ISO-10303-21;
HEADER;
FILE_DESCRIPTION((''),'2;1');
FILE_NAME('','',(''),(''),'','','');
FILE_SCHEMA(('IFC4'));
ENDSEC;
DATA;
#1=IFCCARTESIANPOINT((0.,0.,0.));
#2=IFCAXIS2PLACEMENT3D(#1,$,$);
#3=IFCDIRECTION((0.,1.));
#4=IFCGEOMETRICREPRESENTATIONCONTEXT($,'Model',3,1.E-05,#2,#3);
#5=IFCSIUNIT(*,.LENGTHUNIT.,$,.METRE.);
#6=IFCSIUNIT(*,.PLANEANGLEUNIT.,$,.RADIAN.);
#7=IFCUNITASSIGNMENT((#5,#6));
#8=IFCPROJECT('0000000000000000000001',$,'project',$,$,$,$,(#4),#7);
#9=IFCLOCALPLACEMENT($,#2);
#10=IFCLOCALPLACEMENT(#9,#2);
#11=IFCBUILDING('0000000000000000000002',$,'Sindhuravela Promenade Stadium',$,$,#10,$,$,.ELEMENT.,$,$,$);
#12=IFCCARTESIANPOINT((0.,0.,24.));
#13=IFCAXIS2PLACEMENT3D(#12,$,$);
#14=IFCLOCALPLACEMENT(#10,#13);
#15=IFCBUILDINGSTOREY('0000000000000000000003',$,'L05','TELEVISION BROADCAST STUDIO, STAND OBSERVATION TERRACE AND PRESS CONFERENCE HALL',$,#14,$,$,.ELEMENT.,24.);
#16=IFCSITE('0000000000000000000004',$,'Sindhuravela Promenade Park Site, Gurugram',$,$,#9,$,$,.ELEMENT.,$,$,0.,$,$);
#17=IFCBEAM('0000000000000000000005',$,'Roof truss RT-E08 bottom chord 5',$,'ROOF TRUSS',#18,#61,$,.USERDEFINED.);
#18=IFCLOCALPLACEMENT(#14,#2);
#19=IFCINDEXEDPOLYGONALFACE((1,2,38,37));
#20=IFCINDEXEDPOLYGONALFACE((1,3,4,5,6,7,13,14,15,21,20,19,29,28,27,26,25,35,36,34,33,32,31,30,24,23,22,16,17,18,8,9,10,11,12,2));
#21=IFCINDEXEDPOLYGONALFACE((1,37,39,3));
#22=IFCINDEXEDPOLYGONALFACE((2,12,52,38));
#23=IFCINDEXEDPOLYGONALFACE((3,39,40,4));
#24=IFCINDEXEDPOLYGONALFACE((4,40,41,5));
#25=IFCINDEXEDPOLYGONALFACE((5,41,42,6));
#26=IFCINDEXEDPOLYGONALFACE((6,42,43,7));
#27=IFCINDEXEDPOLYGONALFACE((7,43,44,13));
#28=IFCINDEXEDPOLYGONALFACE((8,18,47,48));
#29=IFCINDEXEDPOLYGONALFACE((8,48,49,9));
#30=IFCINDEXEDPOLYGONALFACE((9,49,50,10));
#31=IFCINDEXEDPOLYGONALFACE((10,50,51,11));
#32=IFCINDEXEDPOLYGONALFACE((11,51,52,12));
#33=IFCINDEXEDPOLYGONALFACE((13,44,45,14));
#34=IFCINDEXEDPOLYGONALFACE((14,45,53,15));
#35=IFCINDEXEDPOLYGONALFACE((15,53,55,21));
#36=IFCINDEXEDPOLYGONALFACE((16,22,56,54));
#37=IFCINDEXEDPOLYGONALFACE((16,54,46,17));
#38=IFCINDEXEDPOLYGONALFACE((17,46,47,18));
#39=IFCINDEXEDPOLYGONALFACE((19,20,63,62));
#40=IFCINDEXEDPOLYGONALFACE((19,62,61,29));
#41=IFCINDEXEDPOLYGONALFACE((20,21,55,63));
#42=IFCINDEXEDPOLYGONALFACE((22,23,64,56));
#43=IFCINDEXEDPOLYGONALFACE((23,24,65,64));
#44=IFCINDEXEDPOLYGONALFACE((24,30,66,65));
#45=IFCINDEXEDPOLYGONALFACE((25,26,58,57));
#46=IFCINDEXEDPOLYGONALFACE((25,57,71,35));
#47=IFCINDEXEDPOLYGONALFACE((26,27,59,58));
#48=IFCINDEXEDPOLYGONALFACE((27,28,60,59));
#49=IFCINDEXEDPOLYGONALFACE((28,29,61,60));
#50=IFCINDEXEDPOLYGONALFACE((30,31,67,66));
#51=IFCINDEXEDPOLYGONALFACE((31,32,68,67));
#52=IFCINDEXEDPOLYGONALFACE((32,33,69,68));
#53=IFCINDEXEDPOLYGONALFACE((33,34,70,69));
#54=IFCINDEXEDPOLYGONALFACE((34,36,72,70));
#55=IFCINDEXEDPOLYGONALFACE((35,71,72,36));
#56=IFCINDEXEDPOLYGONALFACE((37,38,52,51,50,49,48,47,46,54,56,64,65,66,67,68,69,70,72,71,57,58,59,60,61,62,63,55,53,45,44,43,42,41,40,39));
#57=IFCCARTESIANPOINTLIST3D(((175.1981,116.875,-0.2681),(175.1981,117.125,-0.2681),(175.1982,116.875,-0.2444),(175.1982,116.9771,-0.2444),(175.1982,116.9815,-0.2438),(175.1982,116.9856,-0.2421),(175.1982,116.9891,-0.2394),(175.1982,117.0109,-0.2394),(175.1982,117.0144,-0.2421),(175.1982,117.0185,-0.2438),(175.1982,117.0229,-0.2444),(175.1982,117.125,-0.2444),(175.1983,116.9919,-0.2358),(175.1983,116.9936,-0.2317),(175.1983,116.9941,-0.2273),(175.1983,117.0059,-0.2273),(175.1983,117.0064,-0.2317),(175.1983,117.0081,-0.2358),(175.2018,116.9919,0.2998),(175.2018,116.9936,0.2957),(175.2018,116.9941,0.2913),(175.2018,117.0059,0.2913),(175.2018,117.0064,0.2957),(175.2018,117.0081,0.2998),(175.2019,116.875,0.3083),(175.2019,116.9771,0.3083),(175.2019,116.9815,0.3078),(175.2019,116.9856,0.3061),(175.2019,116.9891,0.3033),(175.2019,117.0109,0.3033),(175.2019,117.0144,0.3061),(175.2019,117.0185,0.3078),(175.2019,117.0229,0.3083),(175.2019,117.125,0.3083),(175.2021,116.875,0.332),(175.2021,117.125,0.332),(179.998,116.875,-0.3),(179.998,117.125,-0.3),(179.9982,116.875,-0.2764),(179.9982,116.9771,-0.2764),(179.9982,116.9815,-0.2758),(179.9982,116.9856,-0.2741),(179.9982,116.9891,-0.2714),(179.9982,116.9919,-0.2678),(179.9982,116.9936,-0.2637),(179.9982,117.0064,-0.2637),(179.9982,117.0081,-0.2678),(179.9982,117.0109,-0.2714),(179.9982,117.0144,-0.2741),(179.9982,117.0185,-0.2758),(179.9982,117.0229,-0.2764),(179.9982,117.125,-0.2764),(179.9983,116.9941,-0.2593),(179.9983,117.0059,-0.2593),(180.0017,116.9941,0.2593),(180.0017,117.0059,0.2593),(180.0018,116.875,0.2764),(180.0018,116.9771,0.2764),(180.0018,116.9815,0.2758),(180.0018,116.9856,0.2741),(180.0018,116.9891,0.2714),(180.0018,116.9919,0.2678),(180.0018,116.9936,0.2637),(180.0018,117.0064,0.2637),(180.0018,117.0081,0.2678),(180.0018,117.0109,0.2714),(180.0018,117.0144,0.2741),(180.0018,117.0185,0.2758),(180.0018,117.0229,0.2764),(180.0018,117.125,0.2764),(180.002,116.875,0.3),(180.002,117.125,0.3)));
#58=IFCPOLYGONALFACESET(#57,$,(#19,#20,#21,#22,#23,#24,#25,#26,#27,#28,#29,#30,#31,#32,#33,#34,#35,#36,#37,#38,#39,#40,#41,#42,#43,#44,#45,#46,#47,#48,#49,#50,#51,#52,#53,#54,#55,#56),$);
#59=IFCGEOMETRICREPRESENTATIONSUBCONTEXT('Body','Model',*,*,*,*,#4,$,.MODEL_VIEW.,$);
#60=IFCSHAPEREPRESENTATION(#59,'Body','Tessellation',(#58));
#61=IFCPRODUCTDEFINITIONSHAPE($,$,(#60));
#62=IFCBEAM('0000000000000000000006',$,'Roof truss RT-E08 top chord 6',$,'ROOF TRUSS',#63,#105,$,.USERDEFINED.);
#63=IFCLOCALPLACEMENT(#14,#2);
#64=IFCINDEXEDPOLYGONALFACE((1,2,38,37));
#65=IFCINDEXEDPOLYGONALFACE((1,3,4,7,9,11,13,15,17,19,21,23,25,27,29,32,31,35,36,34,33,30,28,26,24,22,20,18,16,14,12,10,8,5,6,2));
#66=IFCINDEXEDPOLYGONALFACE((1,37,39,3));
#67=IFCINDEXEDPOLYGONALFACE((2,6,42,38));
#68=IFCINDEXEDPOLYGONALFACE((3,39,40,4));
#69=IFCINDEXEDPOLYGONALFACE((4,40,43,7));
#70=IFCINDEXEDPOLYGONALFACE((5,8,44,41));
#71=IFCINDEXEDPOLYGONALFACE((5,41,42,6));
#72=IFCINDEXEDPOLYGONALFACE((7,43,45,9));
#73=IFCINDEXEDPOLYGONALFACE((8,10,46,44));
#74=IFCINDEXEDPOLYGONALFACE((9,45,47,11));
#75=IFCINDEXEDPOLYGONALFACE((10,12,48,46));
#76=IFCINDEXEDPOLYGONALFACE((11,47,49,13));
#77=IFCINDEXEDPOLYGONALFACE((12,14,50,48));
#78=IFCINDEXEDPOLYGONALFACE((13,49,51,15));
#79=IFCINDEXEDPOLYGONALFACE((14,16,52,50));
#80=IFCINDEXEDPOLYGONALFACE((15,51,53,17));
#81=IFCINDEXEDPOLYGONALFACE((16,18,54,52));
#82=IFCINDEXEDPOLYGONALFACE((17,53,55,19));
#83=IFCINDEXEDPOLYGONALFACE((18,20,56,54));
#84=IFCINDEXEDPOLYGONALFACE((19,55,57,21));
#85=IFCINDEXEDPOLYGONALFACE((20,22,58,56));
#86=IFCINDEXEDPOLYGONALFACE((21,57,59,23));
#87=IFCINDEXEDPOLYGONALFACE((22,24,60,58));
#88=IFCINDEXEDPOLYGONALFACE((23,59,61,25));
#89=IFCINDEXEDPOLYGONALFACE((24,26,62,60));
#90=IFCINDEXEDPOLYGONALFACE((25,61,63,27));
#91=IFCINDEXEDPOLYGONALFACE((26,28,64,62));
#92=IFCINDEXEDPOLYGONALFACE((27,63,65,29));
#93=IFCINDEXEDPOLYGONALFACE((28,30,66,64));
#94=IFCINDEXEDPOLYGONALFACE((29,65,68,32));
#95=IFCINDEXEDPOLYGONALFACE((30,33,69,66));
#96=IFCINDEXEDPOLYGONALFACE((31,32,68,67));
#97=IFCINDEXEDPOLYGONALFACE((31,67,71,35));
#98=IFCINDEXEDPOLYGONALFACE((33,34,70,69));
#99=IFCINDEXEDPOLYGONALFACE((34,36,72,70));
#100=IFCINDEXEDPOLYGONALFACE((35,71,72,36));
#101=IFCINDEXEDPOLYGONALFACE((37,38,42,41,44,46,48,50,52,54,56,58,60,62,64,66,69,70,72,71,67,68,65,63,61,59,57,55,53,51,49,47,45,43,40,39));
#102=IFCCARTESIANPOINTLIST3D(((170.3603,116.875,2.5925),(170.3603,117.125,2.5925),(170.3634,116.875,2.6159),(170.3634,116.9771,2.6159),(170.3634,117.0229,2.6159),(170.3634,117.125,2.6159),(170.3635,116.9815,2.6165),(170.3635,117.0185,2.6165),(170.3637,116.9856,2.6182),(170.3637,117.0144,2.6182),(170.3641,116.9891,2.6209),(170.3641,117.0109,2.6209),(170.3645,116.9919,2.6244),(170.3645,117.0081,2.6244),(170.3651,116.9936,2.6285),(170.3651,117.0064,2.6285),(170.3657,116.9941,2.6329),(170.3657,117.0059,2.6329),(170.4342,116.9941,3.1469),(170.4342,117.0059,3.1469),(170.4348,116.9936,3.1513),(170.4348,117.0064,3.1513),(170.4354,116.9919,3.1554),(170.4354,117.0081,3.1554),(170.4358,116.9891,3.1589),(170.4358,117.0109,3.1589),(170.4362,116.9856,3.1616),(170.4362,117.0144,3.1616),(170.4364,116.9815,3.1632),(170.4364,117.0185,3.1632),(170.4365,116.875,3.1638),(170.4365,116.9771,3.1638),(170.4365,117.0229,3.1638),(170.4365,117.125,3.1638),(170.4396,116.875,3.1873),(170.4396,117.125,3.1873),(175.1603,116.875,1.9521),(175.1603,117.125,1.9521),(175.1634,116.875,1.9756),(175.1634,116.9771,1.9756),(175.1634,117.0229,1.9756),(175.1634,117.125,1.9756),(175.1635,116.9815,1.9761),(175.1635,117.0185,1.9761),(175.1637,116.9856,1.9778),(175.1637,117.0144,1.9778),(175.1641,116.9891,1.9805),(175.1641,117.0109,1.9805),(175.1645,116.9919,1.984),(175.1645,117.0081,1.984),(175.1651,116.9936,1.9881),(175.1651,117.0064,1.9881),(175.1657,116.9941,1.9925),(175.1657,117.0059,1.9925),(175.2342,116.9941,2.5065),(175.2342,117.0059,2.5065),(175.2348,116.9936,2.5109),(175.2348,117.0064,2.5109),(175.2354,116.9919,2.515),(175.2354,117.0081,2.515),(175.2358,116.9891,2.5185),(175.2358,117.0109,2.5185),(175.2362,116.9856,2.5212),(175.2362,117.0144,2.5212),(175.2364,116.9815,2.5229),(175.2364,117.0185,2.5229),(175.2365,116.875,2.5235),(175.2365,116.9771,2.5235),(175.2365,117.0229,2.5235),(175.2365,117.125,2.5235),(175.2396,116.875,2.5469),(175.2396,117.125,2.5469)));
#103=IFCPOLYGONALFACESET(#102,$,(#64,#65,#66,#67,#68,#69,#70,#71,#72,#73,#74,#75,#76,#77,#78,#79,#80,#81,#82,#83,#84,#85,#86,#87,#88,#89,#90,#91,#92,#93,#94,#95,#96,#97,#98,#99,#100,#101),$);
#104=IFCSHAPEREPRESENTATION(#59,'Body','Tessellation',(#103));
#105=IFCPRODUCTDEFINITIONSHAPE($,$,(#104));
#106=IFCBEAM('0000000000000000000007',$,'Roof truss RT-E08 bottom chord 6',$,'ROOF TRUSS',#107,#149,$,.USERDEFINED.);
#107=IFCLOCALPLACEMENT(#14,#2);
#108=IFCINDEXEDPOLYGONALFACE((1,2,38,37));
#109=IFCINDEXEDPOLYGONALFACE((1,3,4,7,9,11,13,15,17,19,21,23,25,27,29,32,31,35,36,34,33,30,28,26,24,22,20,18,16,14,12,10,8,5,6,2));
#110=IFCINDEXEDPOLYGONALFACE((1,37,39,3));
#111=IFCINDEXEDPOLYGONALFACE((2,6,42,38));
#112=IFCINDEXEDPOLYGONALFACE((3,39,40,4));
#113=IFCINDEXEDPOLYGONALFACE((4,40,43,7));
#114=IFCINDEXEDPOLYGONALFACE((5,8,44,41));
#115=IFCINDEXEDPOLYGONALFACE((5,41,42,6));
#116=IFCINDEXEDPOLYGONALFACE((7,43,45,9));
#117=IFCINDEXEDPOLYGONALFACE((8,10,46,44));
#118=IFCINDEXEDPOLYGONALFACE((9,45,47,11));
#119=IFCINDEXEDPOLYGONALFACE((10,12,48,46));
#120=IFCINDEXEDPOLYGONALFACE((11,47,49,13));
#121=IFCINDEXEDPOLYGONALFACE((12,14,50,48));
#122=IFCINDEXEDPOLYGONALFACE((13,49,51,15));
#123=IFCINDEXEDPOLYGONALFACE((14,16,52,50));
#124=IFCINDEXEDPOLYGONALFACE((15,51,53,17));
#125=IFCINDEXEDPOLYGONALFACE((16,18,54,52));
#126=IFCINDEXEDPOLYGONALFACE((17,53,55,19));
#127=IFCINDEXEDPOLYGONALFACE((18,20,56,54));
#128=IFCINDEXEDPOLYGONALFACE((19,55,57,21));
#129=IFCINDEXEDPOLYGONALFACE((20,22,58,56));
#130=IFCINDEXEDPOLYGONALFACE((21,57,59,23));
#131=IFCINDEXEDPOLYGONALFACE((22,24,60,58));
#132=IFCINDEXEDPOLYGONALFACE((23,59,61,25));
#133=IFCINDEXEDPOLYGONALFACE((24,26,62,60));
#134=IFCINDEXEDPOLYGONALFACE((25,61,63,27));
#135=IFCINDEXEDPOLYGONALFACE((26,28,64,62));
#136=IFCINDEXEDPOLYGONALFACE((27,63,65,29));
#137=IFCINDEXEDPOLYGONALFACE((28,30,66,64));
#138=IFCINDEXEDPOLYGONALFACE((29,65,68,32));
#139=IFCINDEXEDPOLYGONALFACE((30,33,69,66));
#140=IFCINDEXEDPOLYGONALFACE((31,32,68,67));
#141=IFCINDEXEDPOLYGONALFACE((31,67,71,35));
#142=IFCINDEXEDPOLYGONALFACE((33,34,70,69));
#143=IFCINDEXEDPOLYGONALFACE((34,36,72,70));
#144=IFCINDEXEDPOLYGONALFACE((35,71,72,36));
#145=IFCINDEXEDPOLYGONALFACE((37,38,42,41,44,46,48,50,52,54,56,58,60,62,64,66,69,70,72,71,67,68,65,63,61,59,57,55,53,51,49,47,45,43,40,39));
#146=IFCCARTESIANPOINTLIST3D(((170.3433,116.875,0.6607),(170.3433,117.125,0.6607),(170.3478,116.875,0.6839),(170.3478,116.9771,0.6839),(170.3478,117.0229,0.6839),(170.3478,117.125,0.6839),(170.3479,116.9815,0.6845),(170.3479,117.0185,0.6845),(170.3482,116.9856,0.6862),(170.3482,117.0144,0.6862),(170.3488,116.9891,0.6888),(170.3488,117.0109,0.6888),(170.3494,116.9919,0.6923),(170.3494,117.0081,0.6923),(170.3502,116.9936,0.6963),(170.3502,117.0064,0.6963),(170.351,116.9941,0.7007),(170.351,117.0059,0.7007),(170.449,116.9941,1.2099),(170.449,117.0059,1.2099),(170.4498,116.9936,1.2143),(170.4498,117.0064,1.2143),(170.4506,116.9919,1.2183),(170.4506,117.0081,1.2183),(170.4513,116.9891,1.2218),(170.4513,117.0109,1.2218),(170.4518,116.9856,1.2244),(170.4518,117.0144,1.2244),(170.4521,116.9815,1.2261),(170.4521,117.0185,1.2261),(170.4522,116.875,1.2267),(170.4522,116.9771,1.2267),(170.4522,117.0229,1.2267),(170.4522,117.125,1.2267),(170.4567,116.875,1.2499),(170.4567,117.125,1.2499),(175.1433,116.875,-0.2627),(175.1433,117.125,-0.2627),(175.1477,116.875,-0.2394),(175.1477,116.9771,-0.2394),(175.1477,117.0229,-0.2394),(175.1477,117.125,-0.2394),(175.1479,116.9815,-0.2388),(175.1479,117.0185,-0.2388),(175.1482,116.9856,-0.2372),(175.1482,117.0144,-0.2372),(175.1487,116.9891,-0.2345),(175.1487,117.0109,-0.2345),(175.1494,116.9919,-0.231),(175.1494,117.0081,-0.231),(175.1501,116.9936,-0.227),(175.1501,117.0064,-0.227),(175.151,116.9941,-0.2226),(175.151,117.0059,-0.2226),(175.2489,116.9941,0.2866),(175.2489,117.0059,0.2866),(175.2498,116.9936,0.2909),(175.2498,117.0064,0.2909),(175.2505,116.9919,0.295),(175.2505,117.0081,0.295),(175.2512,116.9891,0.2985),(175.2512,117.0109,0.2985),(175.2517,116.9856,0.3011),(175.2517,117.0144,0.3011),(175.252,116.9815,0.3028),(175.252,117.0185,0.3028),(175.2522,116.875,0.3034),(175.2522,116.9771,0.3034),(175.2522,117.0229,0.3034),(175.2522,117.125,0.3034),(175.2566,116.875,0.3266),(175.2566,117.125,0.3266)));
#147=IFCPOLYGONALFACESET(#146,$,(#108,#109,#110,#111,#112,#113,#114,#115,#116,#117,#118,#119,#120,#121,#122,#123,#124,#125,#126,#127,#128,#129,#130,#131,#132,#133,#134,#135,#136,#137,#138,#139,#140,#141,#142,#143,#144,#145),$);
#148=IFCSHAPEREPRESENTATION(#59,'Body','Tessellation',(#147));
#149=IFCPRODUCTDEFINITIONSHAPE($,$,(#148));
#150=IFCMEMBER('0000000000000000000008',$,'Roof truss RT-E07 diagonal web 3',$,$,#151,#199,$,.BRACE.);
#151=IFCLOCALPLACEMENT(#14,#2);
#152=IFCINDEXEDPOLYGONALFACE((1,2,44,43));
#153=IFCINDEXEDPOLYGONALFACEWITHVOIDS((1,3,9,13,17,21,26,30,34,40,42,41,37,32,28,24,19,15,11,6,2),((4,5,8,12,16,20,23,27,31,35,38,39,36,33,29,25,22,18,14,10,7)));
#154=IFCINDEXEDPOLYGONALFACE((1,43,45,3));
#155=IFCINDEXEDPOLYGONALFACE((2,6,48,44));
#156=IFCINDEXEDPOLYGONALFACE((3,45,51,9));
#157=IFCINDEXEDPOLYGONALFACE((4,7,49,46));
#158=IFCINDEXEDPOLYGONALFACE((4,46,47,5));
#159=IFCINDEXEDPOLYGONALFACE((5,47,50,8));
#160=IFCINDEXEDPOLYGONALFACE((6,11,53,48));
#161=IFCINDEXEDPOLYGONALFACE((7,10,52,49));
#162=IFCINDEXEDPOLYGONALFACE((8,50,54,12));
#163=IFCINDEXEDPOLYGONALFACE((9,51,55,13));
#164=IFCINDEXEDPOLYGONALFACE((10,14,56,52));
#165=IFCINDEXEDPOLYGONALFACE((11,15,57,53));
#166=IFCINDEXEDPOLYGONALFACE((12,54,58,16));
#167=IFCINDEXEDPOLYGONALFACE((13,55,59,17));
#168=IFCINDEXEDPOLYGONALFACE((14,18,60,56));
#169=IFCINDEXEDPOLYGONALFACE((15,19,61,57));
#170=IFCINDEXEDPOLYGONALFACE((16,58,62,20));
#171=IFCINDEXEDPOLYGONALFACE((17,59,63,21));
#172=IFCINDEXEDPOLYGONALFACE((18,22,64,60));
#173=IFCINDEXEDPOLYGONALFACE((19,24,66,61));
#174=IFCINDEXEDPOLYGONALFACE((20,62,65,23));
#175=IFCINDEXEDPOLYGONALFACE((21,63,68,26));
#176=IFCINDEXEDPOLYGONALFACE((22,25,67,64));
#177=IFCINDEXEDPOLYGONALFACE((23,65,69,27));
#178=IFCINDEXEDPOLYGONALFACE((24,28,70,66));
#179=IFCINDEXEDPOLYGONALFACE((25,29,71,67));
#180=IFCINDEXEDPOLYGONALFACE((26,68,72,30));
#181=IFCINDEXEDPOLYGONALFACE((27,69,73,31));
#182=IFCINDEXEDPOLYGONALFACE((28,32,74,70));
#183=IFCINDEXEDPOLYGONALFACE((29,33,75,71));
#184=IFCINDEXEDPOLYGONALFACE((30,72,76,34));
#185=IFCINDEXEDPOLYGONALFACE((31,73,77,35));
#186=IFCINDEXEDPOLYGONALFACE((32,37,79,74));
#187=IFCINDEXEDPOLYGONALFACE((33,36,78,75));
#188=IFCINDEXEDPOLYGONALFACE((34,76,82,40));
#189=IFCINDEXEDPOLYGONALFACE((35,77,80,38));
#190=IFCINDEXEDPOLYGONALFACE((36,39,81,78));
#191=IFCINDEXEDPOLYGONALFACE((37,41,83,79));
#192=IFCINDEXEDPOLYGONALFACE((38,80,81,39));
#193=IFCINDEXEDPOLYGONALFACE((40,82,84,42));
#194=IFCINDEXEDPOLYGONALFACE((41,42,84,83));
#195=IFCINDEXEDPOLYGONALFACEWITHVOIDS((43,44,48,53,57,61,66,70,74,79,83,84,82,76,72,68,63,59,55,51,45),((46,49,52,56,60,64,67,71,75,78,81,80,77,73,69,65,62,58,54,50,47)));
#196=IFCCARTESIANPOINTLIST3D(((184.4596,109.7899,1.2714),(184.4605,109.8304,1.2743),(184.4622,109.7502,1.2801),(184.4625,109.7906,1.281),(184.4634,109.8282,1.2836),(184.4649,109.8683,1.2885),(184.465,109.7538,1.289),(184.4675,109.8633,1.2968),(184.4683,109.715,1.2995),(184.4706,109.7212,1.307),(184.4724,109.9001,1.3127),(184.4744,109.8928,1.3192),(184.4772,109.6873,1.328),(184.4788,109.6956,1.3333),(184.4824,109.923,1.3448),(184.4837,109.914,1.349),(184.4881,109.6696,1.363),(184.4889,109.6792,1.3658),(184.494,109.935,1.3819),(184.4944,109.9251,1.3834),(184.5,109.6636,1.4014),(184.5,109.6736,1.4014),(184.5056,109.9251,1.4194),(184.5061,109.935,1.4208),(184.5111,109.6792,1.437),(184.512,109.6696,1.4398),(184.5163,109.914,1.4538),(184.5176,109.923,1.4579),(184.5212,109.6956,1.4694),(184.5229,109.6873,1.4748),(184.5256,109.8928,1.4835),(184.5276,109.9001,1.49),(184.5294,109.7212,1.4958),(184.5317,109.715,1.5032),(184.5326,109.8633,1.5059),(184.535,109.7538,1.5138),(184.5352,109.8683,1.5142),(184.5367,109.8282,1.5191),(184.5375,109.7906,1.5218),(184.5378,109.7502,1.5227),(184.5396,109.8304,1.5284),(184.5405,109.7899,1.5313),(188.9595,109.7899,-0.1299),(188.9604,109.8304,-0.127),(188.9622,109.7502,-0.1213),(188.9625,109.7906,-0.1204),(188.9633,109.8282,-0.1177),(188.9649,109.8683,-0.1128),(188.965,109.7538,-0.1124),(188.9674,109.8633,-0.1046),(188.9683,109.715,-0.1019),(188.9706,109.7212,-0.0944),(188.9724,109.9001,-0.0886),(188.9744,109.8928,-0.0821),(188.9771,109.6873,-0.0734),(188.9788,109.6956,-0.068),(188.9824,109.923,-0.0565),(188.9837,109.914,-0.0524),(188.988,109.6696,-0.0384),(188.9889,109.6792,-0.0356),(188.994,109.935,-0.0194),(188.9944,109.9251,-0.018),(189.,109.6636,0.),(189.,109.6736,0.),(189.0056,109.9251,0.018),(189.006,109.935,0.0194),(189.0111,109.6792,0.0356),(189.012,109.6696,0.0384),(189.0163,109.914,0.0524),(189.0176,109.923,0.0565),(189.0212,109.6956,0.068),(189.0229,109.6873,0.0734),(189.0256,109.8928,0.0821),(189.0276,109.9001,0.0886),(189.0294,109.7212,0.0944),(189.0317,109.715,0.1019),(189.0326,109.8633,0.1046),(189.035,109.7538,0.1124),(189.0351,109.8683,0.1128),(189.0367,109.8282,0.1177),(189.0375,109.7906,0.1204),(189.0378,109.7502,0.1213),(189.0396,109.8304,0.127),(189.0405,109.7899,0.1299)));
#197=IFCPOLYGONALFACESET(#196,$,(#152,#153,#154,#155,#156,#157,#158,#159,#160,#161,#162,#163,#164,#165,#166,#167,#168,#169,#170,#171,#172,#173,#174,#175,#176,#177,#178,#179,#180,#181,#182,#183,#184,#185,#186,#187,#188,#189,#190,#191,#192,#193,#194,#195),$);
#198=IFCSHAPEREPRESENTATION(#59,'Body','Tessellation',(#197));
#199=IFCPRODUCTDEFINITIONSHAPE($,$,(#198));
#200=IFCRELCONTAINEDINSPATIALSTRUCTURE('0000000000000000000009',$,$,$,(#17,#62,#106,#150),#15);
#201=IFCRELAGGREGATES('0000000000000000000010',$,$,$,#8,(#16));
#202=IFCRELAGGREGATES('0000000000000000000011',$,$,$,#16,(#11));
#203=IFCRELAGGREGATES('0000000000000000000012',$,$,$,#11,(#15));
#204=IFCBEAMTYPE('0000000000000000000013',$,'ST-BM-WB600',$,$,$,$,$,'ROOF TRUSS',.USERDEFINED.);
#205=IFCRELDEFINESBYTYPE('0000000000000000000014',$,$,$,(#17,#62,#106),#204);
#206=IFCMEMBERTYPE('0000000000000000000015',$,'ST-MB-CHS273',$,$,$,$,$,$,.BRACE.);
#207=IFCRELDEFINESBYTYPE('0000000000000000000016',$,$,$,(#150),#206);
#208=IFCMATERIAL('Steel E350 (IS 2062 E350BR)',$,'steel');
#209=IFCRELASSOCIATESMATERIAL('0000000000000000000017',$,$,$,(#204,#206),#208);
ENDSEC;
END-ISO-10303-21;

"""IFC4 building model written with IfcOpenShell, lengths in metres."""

from ifc_helpers import new_model, si_unit, direction, frame, origin, origin_2d, place, context, subcontext, project, spatial, hollow_circle, i_section, extrude, material, material_profile, profile_set, type_object, element, save


model = new_model("IFC4")

# Units and contexts
model_context = context("Model", 3, precision=1e-05, world=origin(), true_north=direction((0.0, 1.0)))
body_context = subcontext(model_context, "Body", "Model", "MODEL_VIEW")
ifc_project = project(units=[si_unit("LENGTHUNIT", "METRE"), si_unit("PLANEANGLEUNIT", "RADIAN")], contexts=[model_context])

# Site, building, storey
site_placement = place(None, origin())
site = spatial("IfcSite", under=ifc_project, at=site_placement, Name="Sindhuravela Promenade Park Site, Gurugram", CompositionType="ELEMENT", RefElevation=0.0)
building_placement = place(site_placement, origin())
building = spatial("IfcBuilding", under=site, at=building_placement, Name="Sindhuravela Promenade Stadium", CompositionType="ELEMENT")
storey_placement = place(building_placement, frame((0.0, 0.0, 24.0)))
storey = spatial("IfcBuildingStorey", under=building, at=storey_placement, Name="L05", Description="TELEVISION BROADCAST STUDIO, STAND OBSERVATION TERRACE AND PRESS CONFERENCE HALL", CompositionType="ELEMENT", Elevation=24.0)

# Beams
ifc_material_1 = material(Name="Steel E350 (IS 2062 E350BR)", Category="steel")
ifc_material_profile_1 = material_profile(ifc_material_1, i_section(OverallWidth=0.25, OverallDepth=0.6001, WebThickness=0.0117, FlangeThickness=0.0237, FilletRadius=0.0171, at=origin_2d()), Name="ISWB 600")
ifc_profile_set_1 = profile_set([ifc_material_profile_1], Name="Steel E350 (IS 2062 E350BR)")
beam_type_1 = type_object("IfcBeamType", Name="ST-BM-WB600", ElementType="ROOF TRUSS", PredefinedType="USERDEFINED", material=ifc_profile_set_1)
beam_1_placement = place(storey_placement, frame((180.0, 117.0, 0.0), z_axis=(-0.999978, 0.0, 0.006663), x_axis=(0.0, -1.0, 0.0)))
element("IfcBeam", 1, at=beam_1_placement, inside=storey, type_object=beam_type_1, Name="Roof truss RT-E08 bottom chord 5", ObjectType="ROOF TRUSS", PredefinedType="USERDEFINED", context=body_context, shape_type="SweptSolid", body=[
    extrude(i_section(OverallWidth=0.25, OverallDepth=0.6001, WebThickness=0.0117, FlangeThickness=0.0237, FilletRadius=0.0171, at=origin_2d()), origin(), (0.0, 0.0, 1.0), 4.8),
])
beam_2_placement = place(storey_placement, frame((175.2, 117.0, 2.2495), z_axis=(-0.991218, 0.0, 0.13224), x_axis=(0.0, -1.0, 0.0)))
element("IfcBeam", 2, at=beam_2_placement, inside=storey, type_object=beam_type_1, Name="Roof truss RT-E08 top chord 6", ObjectType="ROOF TRUSS", PredefinedType="USERDEFINED", context=body_context, shape_type="SweptSolid", body=[
    extrude(i_section(OverallWidth=0.25, OverallDepth=0.6001, WebThickness=0.0117, FlangeThickness=0.0237, FilletRadius=0.0171, at=origin_2d()), origin(), (0.0, 0.0, 1.0), 4.8425),
])
beam_3_placement = place(storey_placement, frame((175.2, 117.0, 0.032), z_axis=(-0.981997, 0.0, 0.188897), x_axis=(0.0, -1.0, 0.0)))
element("IfcBeam", 3, at=beam_3_placement, inside=storey, type_object=beam_type_1, Name="Roof truss RT-E08 bottom chord 6", ObjectType="ROOF TRUSS", PredefinedType="USERDEFINED", context=body_context, shape_type="SweptSolid", body=[
    extrude(i_section(OverallWidth=0.25, OverallDepth=0.6001, WebThickness=0.0117, FlangeThickness=0.0237, FilletRadius=0.0171, at=origin_2d()), origin(), (0.0, 0.0, 1.0), 4.8879),
])

# Member
ifc_material_profile_2 = material_profile(ifc_material_1, hollow_circle(Radius=0.1365, WallThickness=0.01, at=origin_2d()), Name="CHS 273.0x10")
ifc_profile_set_2 = profile_set([ifc_material_profile_2], Name="Steel E350 (IS 2062 E350BR)")
member_type_1 = type_object("IfcMemberType", Name="ST-MB-CHS273", PredefinedType="BRACE", material=ifc_profile_set_2)
for number, where, z_axis, x_axis, name in (
    (4, (189.0, 109.8, 0.0), (-0.954774, 0.0, 0.297331), (0.0, -1.0, 0.0), "Roof truss RT-E07 diagonal web 3"),
):
    element("IfcMember", number, at=place(storey_placement, frame(where, z_axis=z_axis, x_axis=x_axis)), inside=storey, type_object=member_type_1, Name=name, PredefinedType="BRACE", context=body_context, shape_type="SweptSolid", body=[
        extrude(hollow_circle(Radius=0.1365, WallThickness=0.01, at=origin_2d()), origin(), (0.0, 0.0, 1.0), 4.7131),
    ])

save(model, "model.ifc")
